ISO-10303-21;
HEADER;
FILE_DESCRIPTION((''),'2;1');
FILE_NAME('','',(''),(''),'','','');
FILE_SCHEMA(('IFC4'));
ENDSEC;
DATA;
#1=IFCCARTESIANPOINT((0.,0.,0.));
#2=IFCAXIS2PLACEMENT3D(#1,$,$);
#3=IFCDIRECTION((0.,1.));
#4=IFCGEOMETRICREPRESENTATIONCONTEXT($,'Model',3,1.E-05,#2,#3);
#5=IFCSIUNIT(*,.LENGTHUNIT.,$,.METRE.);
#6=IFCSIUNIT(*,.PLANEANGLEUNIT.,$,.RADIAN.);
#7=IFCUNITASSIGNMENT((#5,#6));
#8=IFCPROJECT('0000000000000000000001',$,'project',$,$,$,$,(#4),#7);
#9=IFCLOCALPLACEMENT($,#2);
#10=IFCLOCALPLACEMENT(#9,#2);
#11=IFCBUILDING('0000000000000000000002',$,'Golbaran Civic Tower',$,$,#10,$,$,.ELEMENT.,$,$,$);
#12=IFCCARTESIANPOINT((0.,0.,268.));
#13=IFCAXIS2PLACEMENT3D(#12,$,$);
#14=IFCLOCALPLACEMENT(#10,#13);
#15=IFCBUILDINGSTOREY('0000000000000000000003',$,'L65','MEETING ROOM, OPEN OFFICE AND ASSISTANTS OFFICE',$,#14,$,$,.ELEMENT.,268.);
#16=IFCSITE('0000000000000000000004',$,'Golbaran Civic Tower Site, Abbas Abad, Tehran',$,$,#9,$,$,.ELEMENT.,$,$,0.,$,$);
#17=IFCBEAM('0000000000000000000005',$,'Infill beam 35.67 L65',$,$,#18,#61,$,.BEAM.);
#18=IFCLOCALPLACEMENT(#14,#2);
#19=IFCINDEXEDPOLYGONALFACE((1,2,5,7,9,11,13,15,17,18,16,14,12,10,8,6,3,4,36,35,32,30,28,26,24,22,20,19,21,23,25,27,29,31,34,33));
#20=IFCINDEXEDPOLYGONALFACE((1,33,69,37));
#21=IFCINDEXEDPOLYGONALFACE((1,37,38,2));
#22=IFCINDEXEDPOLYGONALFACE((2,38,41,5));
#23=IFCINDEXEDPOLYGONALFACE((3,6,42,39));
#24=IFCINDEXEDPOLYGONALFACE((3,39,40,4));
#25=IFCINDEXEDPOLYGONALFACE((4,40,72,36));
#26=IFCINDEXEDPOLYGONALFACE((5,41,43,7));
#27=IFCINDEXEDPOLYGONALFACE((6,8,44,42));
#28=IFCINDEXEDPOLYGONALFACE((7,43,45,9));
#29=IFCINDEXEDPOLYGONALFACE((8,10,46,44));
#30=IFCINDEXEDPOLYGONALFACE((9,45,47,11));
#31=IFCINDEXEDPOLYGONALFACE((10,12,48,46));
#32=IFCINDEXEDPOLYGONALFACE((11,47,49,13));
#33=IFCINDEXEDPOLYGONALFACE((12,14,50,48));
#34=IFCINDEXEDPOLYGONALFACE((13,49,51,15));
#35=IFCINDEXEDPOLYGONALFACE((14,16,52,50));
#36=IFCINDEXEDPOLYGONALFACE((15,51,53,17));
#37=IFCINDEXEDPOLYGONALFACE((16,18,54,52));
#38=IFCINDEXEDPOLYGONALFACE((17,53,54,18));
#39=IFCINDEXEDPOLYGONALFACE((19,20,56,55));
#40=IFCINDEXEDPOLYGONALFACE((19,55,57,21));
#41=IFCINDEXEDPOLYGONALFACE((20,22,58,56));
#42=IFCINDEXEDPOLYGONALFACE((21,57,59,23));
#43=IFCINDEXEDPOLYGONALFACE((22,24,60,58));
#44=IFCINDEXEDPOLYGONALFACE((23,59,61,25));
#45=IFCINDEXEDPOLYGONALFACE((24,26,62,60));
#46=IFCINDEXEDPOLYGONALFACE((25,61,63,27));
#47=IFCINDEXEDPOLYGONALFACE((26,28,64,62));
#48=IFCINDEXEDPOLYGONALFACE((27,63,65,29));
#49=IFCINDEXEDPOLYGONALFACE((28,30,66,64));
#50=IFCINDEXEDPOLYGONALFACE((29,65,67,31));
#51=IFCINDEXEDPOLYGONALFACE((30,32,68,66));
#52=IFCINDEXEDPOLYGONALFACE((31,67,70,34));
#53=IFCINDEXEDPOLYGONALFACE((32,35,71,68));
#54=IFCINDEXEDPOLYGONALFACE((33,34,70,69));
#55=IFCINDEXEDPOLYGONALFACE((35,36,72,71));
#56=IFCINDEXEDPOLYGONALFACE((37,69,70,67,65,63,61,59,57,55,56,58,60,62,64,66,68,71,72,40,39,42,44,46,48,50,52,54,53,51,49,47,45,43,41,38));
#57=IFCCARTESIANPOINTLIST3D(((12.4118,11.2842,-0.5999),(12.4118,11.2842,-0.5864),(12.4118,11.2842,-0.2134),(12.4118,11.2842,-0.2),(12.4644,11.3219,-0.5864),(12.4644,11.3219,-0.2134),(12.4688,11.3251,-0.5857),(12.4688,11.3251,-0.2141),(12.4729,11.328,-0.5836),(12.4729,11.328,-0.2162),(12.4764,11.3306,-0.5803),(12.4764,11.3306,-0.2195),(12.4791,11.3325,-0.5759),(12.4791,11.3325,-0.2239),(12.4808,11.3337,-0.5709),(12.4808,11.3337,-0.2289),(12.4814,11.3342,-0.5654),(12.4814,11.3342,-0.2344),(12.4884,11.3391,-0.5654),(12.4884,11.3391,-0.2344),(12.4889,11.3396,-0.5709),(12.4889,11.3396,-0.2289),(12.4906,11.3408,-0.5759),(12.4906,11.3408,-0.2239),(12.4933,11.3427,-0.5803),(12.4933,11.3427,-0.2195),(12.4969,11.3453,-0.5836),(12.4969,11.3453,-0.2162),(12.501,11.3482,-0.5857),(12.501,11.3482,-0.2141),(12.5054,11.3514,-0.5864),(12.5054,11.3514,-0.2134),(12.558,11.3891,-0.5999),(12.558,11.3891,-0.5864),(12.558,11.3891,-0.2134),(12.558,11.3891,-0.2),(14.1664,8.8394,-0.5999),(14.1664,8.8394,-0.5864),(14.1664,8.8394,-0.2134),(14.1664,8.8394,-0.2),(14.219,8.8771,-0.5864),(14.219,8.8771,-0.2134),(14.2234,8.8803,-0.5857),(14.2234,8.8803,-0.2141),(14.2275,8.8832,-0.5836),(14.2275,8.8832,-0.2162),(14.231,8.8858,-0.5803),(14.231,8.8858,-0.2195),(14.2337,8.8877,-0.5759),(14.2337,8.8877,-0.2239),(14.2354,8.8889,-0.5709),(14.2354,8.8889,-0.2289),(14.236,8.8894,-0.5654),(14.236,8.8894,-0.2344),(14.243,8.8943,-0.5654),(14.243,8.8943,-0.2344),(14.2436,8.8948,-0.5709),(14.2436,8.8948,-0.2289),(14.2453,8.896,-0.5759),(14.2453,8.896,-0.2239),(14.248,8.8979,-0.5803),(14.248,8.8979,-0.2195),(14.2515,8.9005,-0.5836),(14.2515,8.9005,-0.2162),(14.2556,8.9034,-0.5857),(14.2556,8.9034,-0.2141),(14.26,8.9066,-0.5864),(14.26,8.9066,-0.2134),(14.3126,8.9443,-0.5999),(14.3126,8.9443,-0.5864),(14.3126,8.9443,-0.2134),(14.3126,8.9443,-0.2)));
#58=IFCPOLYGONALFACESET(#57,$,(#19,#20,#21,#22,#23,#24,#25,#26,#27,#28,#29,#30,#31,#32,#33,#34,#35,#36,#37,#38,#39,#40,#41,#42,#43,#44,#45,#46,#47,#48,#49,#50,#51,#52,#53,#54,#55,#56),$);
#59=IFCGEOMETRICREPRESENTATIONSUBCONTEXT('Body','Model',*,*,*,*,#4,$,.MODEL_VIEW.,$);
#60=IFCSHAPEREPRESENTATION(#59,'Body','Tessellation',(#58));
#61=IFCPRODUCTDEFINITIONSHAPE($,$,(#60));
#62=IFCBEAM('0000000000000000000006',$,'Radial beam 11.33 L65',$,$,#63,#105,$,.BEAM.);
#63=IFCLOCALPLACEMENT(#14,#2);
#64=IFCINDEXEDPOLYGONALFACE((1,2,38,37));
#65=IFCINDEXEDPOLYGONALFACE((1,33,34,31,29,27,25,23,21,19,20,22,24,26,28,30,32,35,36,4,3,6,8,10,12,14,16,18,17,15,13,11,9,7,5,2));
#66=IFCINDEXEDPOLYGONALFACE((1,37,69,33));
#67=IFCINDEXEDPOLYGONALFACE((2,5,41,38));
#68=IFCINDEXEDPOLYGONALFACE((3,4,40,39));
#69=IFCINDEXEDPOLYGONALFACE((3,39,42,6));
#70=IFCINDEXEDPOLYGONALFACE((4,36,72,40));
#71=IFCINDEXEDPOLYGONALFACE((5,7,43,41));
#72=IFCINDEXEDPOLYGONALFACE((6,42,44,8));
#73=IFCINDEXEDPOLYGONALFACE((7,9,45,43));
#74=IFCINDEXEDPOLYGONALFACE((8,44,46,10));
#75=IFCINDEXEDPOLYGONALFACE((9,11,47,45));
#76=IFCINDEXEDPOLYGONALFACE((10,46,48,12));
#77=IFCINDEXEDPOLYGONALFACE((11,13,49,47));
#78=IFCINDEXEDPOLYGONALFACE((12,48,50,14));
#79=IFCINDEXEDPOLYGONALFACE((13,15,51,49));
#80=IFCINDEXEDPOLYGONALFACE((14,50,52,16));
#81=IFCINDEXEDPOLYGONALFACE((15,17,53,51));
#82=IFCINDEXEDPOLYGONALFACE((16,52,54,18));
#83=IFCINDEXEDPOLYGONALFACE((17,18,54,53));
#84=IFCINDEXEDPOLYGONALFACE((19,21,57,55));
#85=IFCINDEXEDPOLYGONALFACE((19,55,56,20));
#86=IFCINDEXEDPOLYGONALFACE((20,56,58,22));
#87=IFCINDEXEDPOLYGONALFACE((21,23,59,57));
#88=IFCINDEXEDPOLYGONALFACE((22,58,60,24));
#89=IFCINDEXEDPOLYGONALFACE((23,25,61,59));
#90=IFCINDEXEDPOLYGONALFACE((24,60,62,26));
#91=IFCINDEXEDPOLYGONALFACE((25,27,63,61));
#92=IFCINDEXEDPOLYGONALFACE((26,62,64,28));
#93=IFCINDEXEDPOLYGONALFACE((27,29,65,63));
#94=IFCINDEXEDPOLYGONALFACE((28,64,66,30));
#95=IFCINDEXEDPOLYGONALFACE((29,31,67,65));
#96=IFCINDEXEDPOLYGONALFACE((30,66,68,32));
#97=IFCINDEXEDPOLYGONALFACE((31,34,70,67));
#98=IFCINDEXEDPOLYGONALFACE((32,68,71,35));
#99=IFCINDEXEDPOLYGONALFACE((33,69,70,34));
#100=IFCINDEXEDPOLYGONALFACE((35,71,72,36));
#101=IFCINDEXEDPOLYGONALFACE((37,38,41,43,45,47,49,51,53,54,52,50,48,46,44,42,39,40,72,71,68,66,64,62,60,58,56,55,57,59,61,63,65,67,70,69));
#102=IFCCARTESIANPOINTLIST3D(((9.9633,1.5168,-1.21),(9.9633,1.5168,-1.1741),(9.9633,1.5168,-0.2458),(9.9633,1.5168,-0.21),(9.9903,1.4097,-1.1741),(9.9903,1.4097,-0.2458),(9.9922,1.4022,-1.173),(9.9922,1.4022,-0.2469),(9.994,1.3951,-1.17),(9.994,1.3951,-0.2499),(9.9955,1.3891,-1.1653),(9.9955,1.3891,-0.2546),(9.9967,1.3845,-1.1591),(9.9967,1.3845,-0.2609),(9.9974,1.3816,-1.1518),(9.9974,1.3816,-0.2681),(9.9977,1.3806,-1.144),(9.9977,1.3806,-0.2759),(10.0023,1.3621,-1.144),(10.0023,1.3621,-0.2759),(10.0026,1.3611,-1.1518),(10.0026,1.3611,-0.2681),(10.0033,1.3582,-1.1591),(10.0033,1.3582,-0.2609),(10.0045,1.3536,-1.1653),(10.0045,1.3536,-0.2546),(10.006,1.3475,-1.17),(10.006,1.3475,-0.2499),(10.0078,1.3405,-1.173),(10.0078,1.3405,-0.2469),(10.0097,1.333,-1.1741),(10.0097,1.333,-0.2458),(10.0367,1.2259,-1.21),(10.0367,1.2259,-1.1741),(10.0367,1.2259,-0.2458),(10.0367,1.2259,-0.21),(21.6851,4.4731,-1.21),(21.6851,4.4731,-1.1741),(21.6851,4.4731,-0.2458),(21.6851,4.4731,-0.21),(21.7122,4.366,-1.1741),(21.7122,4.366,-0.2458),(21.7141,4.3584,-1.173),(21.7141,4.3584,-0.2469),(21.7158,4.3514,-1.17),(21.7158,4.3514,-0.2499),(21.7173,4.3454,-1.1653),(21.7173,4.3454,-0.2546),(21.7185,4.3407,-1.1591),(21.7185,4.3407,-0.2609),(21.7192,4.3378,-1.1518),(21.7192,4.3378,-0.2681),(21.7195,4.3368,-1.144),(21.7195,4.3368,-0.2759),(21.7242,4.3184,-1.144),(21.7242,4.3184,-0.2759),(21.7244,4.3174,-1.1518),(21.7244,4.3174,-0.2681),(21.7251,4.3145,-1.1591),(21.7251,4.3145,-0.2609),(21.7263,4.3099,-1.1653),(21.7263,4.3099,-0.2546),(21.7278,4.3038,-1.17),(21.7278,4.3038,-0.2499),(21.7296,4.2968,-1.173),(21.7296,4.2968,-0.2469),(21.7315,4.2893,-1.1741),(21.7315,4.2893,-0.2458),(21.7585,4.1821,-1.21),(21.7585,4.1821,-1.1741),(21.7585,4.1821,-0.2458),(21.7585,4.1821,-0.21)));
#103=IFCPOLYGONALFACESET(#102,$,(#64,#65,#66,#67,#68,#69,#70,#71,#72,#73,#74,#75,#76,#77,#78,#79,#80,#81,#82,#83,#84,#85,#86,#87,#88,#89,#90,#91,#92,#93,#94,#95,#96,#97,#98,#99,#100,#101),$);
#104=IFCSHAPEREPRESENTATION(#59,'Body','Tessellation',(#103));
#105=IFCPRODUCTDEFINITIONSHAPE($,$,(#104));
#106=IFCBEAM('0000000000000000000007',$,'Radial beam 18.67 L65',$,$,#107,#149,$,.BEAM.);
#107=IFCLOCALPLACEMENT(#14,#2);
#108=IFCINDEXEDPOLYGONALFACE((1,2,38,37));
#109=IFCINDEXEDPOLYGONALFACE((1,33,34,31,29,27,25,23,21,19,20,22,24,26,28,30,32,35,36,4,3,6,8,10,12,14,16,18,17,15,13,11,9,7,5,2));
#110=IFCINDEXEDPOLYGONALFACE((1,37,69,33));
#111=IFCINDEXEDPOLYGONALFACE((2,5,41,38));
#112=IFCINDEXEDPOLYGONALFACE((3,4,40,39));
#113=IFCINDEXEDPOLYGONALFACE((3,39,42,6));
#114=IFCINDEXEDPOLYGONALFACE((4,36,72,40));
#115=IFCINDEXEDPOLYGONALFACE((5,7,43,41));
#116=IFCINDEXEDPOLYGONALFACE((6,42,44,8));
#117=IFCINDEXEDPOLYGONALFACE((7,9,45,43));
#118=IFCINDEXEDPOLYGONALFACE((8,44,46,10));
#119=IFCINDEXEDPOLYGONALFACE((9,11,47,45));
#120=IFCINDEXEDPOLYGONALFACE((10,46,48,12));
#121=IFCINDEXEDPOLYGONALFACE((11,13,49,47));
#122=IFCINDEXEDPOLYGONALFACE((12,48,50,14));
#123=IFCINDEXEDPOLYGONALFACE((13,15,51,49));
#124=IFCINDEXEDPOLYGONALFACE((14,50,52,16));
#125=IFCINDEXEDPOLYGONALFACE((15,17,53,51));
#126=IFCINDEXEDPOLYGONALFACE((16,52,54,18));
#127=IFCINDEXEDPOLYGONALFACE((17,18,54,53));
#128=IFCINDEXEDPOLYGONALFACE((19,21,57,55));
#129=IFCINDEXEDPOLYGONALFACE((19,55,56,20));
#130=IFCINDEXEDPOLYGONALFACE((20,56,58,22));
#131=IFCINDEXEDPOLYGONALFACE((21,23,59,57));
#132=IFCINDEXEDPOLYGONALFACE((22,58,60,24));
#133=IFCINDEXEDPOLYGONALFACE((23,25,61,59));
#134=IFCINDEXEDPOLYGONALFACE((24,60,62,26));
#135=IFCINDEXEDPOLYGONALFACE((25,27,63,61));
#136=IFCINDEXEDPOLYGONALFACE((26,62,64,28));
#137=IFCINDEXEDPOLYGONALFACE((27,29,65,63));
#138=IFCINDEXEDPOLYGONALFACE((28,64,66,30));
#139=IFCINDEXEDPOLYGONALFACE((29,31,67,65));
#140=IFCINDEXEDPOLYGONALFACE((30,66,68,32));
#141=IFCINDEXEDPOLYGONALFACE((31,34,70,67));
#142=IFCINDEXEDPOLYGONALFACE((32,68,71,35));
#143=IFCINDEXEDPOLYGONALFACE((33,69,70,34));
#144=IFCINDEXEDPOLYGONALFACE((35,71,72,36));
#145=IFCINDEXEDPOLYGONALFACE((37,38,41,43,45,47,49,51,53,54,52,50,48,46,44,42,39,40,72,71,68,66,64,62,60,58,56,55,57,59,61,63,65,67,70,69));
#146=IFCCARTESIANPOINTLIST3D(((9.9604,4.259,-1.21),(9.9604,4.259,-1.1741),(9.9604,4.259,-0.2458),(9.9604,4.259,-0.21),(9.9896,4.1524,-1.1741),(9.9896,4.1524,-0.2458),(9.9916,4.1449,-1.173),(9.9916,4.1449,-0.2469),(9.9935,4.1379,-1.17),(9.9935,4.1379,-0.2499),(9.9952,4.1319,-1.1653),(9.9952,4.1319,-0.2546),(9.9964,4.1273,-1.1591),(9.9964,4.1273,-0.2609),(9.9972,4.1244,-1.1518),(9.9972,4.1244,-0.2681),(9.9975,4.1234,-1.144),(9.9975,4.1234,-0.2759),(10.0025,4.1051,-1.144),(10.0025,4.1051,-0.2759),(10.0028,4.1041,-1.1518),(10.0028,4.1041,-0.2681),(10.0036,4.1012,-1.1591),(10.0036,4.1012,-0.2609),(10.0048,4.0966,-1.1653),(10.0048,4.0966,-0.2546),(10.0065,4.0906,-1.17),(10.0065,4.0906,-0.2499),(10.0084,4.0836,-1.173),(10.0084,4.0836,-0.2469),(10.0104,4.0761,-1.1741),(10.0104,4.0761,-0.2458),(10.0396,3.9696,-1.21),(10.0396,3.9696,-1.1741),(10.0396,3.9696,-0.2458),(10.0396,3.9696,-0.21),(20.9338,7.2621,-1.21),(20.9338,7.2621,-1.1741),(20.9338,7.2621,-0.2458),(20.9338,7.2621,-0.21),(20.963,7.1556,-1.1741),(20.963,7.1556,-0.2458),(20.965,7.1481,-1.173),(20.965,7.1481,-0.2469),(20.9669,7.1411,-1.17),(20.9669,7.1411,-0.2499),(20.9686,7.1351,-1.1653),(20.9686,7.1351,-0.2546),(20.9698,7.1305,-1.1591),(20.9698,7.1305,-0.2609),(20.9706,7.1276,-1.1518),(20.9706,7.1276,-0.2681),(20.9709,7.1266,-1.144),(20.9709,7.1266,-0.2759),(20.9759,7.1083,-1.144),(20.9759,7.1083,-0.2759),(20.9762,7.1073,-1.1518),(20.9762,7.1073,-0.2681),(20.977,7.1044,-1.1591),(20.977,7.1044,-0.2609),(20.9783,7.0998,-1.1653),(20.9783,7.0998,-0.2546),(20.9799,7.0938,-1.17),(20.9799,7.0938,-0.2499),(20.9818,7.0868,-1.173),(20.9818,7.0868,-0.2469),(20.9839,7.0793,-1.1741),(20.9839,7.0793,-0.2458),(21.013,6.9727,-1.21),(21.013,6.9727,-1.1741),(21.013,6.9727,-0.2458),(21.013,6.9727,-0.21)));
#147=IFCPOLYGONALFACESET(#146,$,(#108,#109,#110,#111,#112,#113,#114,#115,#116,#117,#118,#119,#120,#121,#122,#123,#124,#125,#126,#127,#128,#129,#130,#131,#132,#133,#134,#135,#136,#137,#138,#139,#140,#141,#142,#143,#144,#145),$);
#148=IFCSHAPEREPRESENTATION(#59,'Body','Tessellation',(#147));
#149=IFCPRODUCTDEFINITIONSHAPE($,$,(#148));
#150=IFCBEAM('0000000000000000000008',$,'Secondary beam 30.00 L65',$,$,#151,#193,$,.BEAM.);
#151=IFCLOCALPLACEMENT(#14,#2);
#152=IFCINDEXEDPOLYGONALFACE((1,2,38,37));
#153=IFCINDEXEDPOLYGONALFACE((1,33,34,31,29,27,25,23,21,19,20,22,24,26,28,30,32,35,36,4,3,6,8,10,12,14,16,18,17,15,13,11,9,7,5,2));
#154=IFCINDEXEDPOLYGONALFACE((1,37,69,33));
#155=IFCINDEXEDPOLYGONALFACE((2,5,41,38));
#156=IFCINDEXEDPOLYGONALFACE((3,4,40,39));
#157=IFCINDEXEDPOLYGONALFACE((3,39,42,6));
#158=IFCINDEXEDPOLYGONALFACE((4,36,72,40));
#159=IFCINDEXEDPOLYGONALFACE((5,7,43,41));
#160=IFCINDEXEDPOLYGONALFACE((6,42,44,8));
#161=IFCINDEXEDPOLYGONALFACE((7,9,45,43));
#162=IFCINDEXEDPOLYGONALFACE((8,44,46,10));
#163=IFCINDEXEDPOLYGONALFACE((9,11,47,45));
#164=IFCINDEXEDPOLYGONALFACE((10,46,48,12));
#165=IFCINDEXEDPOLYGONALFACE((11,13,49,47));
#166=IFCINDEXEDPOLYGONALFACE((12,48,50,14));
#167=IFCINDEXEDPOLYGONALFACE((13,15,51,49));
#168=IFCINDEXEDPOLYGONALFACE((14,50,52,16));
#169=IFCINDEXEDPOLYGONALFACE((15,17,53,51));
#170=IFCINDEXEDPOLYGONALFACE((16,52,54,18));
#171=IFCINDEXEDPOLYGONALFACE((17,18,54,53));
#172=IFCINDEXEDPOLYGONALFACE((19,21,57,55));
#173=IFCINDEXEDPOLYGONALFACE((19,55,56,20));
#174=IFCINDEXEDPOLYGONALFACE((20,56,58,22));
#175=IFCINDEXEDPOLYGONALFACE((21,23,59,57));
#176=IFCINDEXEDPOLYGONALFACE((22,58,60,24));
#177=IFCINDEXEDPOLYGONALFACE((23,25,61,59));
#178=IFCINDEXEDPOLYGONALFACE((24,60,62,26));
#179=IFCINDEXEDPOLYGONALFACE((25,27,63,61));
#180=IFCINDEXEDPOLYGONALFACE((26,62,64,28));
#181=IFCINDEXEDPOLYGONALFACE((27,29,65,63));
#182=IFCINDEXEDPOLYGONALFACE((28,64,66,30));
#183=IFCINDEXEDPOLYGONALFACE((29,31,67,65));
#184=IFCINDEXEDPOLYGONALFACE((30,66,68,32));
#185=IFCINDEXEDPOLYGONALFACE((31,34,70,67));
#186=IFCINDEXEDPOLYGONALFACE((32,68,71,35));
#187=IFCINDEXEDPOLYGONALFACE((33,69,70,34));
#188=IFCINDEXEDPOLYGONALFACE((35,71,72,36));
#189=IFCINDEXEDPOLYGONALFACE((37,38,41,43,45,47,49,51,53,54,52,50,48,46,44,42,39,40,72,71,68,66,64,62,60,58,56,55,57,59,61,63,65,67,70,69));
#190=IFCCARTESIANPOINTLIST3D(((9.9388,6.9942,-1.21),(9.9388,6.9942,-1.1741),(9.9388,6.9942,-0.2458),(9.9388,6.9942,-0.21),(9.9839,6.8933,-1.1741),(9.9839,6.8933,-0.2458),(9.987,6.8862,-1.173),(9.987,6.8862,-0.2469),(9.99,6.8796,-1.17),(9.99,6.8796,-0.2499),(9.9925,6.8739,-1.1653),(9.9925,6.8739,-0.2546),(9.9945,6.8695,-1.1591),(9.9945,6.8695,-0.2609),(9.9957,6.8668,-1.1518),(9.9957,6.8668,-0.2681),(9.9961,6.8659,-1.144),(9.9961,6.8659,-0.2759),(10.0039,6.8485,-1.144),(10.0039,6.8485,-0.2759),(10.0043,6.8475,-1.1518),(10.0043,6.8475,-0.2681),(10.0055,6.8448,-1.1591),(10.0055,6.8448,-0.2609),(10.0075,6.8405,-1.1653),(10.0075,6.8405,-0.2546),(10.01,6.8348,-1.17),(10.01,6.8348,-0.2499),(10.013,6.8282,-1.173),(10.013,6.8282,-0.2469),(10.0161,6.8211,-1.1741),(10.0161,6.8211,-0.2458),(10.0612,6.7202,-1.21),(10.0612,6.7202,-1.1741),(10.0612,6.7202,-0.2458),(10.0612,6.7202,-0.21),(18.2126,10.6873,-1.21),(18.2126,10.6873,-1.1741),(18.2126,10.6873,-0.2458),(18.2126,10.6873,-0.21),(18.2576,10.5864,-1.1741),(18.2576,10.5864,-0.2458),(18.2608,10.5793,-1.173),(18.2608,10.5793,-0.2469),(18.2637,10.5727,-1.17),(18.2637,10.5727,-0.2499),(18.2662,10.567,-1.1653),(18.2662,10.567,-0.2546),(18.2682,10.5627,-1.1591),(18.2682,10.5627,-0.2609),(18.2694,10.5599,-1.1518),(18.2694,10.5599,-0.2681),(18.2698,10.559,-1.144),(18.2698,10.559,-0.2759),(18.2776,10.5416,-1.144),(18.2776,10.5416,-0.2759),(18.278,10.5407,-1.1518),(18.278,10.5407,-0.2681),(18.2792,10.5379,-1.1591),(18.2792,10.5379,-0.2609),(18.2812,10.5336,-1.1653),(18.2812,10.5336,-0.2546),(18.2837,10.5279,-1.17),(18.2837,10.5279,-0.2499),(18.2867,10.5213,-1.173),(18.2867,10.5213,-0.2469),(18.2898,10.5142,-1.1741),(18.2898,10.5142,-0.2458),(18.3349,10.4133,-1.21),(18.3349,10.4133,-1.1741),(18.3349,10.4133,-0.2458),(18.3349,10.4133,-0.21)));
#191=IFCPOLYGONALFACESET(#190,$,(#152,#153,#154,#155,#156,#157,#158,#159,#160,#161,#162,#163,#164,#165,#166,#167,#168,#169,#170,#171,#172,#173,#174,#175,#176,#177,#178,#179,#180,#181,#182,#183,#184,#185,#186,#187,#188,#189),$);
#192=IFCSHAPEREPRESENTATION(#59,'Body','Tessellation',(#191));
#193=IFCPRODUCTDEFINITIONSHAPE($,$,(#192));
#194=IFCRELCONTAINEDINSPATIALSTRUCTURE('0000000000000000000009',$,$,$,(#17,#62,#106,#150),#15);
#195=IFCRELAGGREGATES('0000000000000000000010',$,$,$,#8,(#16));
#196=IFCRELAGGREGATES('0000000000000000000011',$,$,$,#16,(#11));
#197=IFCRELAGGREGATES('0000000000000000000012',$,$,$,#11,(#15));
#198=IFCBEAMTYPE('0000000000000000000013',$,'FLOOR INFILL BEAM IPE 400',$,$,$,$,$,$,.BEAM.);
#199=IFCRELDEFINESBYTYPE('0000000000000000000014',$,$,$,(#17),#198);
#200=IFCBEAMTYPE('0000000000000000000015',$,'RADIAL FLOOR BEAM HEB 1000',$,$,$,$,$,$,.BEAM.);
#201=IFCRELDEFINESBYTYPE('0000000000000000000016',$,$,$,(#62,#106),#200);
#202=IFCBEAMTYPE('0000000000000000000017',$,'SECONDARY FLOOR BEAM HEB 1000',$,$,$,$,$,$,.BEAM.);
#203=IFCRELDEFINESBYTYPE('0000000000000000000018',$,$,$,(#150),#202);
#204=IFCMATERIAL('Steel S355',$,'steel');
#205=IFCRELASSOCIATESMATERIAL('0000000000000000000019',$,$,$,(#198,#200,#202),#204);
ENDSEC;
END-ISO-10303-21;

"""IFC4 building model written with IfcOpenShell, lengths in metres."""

from ifc_helpers import new_model, si_unit, direction, frame, origin, origin_2d, place, context, subcontext, project, spatial, i_section, extrude, material, material_profile, profile_set, type_object, element, save


model = new_model("IFC4")

# Units and contexts
model_context = context("Model", 3, precision=1e-05, world=origin(), true_north=direction((0.0, 1.0)))
body_context = subcontext(model_context, "Body", "Model", "MODEL_VIEW")
ifc_project = project(units=[si_unit("LENGTHUNIT", "METRE"), si_unit("PLANEANGLEUNIT", "RADIAN")], contexts=[model_context])

# Site, building, storey
site_placement = place(None, origin())
site = spatial("IfcSite", under=ifc_project, at=site_placement, Name="Golbaran Civic Tower Site, Abbas Abad, Tehran", CompositionType="ELEMENT", RefElevation=0.0)
building_placement = place(site_placement, origin())
building = spatial("IfcBuilding", under=site, at=building_placement, Name="Golbaran Civic Tower", CompositionType="ELEMENT")
storey_placement = place(building_placement, frame((0.0, 0.0, 268.0)))
storey = spatial("IfcBuildingStorey", under=building, at=storey_placement, Name="L65", Description="MEETING ROOM, OPEN OFFICE AND ASSISTANTS OFFICE", CompositionType="ELEMENT", Elevation=268.0)

# Beams
ifc_material_1 = material(Name="Steel S355", Category="steel")
ifc_material_profile_1 = material_profile(ifc_material_1, i_section(OverallWidth=0.1799, OverallDepth=0.3999, WebThickness=0.0085, FlangeThickness=0.0134, FilletRadius=0.021, at=origin_2d()), Name="IPE 400")
ifc_profile_set_1 = profile_set([ifc_material_profile_1], Name="Steel S355")
beam_type_1 = type_object("IfcBeamType", Name="FLOOR INFILL BEAM IPE 400", PredefinedType="BEAM", material=ifc_profile_set_1)
beam_1_placement = place(storey_placement, frame((14.2395, 8.8918, -0.3999), z_axis=(-0.583071, 0.812421, 0.0), x_axis=(-0.812421, -0.583071, 0.0)))
element("IfcBeam", 1, at=beam_1_placement, inside=storey, type_object=beam_type_1, Name="Infill beam 35.67 L65", PredefinedType="BEAM", context=body_context, shape_type="SweptSolid", body=[
    extrude(i_section(OverallWidth=0.1799, OverallDepth=0.3999, WebThickness=0.0085, FlangeThickness=0.0134, FilletRadius=0.021, at=origin_2d()), origin(), (0.0, 0.0, 1.0), 3.0093),
])
ifc_material_profile_2 = material_profile(ifc_material_1, i_section(OverallWidth=0.3, OverallDepth=1.0, WebThickness=0.019, FlangeThickness=0.0359, FilletRadius=0.03, at=origin_2d()), Name="HEB 1000")
ifc_profile_set_2 = profile_set([ifc_material_profile_2], Name="Steel S355")
beam_type_2 = type_object("IfcBeamType", Name="RADIAL FLOOR BEAM HEB 1000", PredefinedType="BEAM", material=ifc_profile_set_2)
beam_2_placement = place(storey_placement, frame((10.0, 1.3713, -0.71), z_axis=(0.969638, 0.244545, 0.0), x_axis=(-0.244545, 0.969638, 0.0)))
element("IfcBeam", 2, at=beam_2_placement, inside=storey, type_object=beam_type_2, Name="Radial beam 11.33 L65", PredefinedType="BEAM", context=body_context, shape_type="SweptSolid", body=[
    extrude(i_section(OverallWidth=0.3, OverallDepth=1.0, WebThickness=0.019, FlangeThickness=0.0359, FilletRadius=0.03, at=origin_2d()), origin(), (0.0, 0.0, 1.0), 12.0889),
])
beam_3_placement = place(storey_placement, frame((10.0, 4.1143, -0.71), z_axis=(0.964531, 0.263971, 0.0), x_axis=(-0.263971, 0.964531, 0.0)))
element("IfcBeam", 3, at=beam_3_placement, inside=storey, type_object=beam_type_2, Name="Radial beam 18.67 L65", PredefinedType="BEAM", context=body_context, shape_type="SweptSolid", body=[
    extrude(i_section(OverallWidth=0.3, OverallDepth=1.0, WebThickness=0.019, FlangeThickness=0.0359, FilletRadius=0.03, at=origin_2d()), origin(), (0.0, 0.0, 1.0), 11.377),
])
ifc_material_profile_3 = material_profile(ifc_material_1, i_section(OverallWidth=0.3, OverallDepth=1.0, WebThickness=0.019, FlangeThickness=0.0359, FilletRadius=0.03, at=origin_2d()), Name="HEB 1000")
ifc_profile_set_3 = profile_set([ifc_material_profile_3], Name="Steel S355")
beam_type_3 = type_object("IfcBeamType", Name="SECONDARY FLOOR BEAM HEB 1000", PredefinedType="BEAM", material=ifc_profile_set_3)
beam_4_placement = place(storey_placement, frame((10.0, 6.8572, -0.71), z_axis=(0.913158, 0.407606, 0.0), x_axis=(-0.407606, 0.913158, 0.0)))
element("IfcBeam", 4, at=beam_4_placement, inside=storey, type_object=beam_type_3, Name="Secondary beam 30.00 L65", PredefinedType="BEAM", context=body_context, shape_type="SweptSolid", body=[
    extrude(i_section(OverallWidth=0.3, OverallDepth=1.0, WebThickness=0.019, FlangeThickness=0.0359, FilletRadius=0.03, at=origin_2d()), origin(), (0.0, 0.0, 1.0), 9.0605),
])

save(model, "model.ifc")
